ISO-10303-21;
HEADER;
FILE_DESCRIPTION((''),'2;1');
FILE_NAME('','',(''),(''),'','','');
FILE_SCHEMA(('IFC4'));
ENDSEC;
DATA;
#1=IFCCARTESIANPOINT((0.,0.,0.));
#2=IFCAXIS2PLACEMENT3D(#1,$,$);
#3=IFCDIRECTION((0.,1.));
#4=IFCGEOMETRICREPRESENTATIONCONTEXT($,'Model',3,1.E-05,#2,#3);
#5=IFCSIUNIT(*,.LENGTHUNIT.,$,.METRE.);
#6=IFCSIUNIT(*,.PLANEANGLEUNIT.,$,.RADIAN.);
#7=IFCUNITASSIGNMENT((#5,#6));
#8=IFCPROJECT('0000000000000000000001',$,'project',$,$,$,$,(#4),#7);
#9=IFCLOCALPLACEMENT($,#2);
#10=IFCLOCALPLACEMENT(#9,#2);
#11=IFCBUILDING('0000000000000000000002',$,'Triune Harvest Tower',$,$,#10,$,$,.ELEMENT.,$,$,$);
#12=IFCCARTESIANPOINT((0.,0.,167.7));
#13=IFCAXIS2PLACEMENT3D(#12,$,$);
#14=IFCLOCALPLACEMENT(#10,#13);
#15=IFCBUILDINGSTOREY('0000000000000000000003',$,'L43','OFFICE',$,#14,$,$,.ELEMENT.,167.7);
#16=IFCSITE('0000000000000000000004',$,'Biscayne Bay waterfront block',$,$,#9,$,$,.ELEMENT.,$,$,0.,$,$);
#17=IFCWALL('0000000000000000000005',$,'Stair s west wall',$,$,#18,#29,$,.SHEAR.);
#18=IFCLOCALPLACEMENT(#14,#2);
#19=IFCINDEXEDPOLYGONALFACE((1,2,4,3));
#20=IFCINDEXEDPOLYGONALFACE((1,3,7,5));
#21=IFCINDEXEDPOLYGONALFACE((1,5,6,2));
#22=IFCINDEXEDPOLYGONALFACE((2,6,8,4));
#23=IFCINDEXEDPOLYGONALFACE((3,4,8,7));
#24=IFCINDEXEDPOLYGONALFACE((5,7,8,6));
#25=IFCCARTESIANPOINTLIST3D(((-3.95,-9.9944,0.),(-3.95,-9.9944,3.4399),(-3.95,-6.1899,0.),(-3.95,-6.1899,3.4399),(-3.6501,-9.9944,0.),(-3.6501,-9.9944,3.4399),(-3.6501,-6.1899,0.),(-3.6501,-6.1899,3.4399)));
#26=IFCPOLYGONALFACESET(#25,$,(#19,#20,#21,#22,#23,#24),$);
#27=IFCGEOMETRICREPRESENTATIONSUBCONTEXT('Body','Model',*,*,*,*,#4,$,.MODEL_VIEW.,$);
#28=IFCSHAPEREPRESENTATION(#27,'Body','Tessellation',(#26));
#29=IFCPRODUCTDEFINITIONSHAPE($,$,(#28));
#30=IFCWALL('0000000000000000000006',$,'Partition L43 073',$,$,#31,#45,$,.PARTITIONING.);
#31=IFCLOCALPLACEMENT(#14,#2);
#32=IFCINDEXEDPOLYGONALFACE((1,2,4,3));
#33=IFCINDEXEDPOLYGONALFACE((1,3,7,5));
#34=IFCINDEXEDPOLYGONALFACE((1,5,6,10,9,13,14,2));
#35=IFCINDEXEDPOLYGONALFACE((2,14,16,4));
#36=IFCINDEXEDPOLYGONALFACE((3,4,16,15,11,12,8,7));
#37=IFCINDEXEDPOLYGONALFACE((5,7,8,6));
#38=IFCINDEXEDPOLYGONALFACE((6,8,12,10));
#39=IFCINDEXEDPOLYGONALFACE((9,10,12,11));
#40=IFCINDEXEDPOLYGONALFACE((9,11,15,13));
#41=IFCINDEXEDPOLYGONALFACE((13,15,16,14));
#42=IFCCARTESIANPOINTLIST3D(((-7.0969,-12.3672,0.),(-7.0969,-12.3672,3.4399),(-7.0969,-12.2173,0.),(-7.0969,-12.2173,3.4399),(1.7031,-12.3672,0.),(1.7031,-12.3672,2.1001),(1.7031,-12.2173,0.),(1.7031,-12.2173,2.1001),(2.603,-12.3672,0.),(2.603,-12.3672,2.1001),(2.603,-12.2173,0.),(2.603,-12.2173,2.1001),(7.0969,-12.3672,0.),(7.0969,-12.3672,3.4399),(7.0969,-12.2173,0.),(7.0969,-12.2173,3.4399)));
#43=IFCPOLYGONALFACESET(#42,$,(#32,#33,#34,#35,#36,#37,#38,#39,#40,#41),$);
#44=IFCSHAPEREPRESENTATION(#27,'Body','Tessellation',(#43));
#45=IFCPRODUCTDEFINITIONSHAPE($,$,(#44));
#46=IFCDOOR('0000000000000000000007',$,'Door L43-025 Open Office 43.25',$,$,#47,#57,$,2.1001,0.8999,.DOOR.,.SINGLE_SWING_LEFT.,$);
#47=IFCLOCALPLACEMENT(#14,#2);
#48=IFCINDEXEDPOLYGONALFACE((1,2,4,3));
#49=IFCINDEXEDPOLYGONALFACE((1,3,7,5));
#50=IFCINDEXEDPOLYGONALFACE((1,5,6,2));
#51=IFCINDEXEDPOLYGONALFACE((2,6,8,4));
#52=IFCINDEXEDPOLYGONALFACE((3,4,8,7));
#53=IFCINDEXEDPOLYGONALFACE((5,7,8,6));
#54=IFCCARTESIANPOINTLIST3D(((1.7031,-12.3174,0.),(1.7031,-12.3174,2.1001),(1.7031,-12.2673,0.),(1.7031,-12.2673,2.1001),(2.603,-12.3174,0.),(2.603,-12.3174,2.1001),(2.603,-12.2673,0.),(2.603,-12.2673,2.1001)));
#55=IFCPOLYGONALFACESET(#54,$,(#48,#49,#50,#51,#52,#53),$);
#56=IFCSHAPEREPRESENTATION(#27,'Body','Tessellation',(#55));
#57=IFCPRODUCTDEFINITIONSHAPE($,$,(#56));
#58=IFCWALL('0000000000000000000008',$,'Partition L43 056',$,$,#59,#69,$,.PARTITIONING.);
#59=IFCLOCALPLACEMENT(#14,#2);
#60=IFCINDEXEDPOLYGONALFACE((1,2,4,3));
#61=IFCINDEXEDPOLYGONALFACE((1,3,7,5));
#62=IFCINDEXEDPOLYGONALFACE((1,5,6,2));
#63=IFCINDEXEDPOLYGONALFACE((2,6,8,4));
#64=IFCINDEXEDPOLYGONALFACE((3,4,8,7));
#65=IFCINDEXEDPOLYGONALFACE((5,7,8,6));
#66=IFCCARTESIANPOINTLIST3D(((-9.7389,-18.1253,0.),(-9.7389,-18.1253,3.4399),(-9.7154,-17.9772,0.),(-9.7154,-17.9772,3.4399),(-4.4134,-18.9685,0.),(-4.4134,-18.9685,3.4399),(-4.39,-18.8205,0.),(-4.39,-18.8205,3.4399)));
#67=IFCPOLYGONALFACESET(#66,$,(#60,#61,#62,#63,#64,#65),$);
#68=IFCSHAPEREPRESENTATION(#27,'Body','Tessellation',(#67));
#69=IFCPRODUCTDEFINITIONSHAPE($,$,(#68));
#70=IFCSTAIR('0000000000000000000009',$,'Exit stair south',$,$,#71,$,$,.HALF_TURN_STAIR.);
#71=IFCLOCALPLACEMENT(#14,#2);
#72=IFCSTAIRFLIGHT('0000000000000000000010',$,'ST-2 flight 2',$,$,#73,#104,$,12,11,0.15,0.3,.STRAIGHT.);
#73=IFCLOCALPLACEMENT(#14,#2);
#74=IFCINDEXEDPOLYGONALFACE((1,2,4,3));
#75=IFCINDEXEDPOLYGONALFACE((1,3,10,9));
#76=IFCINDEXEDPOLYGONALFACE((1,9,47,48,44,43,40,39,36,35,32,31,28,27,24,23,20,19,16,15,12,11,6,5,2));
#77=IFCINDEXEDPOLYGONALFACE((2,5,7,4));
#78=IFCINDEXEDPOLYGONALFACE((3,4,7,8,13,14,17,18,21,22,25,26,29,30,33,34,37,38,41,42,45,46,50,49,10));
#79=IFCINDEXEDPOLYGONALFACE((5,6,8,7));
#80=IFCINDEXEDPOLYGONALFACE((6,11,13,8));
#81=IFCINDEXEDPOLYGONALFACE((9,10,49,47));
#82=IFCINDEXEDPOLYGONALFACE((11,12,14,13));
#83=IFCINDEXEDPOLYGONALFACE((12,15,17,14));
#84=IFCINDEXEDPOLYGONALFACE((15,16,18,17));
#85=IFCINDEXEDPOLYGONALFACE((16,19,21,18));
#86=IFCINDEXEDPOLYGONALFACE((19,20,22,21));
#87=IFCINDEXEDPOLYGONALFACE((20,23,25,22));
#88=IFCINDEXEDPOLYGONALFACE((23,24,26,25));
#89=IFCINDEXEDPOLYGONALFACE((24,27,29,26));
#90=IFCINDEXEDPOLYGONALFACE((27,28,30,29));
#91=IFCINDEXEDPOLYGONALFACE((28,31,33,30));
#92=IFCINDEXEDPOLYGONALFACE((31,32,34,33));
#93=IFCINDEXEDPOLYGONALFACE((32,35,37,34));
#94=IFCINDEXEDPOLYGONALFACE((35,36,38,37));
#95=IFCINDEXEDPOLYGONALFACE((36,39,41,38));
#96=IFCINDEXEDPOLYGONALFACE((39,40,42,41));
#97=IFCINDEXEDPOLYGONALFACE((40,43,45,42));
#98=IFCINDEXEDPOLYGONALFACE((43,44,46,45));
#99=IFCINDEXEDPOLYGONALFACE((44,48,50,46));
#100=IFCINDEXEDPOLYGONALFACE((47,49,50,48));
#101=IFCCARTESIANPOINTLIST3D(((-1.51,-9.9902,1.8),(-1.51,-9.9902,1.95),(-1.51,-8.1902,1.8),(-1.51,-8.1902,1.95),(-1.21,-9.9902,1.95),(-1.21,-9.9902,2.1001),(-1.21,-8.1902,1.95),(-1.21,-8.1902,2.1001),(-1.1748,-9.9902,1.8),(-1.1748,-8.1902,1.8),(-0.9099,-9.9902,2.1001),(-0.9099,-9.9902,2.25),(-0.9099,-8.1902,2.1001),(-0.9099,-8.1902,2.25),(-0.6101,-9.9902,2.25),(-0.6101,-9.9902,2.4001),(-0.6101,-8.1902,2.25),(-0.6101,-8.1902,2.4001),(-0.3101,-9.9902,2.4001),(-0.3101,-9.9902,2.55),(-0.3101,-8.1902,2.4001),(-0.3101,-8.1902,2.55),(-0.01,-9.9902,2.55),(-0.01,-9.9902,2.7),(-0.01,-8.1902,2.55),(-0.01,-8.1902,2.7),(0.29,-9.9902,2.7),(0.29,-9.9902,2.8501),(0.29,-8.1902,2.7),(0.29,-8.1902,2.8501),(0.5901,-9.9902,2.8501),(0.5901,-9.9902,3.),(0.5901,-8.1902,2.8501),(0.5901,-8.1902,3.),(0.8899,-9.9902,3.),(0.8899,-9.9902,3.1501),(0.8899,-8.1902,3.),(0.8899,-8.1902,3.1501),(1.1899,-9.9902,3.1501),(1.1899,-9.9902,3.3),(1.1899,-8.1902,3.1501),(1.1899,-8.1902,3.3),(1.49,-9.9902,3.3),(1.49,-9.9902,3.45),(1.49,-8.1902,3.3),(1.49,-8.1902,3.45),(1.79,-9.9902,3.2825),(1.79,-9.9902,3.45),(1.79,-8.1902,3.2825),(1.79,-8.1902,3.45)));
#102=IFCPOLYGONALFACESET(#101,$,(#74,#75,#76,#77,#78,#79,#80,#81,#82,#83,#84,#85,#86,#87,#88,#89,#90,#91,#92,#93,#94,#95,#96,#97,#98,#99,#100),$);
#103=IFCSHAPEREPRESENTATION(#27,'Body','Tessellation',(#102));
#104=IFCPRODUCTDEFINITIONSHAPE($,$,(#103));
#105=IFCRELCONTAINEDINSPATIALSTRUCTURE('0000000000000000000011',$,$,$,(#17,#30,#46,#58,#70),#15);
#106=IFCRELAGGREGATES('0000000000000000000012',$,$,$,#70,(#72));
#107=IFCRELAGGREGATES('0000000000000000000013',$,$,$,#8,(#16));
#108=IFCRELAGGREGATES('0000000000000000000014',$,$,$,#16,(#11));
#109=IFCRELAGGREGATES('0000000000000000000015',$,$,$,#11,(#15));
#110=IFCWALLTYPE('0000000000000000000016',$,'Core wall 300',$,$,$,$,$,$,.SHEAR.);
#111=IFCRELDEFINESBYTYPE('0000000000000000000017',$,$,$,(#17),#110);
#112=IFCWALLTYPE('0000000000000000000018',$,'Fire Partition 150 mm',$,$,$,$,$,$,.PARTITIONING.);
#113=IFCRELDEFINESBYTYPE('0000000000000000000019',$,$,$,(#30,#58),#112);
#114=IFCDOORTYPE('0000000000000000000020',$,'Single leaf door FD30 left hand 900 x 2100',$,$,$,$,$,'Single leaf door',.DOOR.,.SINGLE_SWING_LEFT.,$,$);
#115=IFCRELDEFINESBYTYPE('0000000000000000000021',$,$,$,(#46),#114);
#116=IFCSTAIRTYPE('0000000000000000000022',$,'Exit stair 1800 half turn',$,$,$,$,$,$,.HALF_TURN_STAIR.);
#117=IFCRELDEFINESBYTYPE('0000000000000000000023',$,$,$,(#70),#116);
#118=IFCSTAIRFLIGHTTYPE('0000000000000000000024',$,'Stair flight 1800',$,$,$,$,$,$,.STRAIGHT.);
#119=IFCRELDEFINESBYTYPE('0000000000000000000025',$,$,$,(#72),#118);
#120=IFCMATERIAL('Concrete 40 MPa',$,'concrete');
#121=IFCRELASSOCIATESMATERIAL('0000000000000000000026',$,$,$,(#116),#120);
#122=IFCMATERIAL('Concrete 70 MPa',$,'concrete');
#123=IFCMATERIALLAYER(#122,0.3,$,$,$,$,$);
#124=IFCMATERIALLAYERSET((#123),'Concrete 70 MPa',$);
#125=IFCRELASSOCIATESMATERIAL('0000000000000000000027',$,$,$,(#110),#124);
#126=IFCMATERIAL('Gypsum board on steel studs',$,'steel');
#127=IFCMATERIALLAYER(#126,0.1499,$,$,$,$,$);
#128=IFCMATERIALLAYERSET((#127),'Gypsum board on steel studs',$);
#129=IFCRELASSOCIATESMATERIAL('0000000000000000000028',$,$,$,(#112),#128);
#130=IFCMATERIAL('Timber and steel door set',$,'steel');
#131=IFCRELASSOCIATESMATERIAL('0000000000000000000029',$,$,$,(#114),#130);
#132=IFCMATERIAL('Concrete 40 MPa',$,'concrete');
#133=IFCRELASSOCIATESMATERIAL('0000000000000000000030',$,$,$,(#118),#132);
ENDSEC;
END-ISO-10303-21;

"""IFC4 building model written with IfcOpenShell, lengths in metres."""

from ifc_helpers import new_model, si_unit, direction, frame, frame_2d, origin, place, context, subcontext, project, spatial, polyline, rectangle, outline, extrude, source, transform, mapped, material, layer, layer_set, type_object, element, fill, aggregate, save


model = new_model("IFC4")

# Units and contexts
model_context = context("Model", 3, precision=1e-05, world=origin(), true_north=direction((0.0, 1.0)))
body_context = subcontext(model_context, "Body", "Model", "MODEL_VIEW")
ifc_project = project(units=[si_unit("LENGTHUNIT", "METRE"), si_unit("PLANEANGLEUNIT", "RADIAN")], contexts=[model_context])

# Site, building, storey
site_placement = place(None, origin())
site = spatial("IfcSite", under=ifc_project, at=site_placement, Name="Biscayne Bay waterfront block", CompositionType="ELEMENT", RefElevation=0.0)
building_placement = place(site_placement, origin())
building = spatial("IfcBuilding", under=site, at=building_placement, Name="Triune Harvest Tower", CompositionType="ELEMENT")
storey_placement = place(building_placement, frame((0.0, 0.0, 167.7)))
storey = spatial("IfcBuildingStorey", under=building, at=storey_placement, Name="L43", Description="OFFICE", CompositionType="ELEMENT", Elevation=167.7)

# Shared definitions
ifc_material_1 = material(Name="Concrete 40 MPa", Category="concrete")
stair_type = type_object("IfcStairType", Name="Exit stair 1800 half turn", PredefinedType="HALF_TURN_STAIR", material=ifc_material_1)

# Shared definitions
ifc_material_2 = material(Name="Concrete 70 MPa", Category="concrete")
ifc_layer_1 = layer(ifc_material_2, 0.3)
ifc_layer_set_1 = layer_set([ifc_layer_1], Name="Concrete 70 MPa")
wall_type_1 = type_object("IfcWallType", Name="Core wall 300", PredefinedType="SHEAR", material=ifc_layer_set_1)

# Wall
shared_shape_1 = source(origin(), body_context, "Body", "SweptSolid", [
    extrude(outline(polyline([(3.8, -0.1499), (-0.0044, -0.1499), (-0.0044, 0.1499), (3.8, 0.1499), (3.8, -0.1499)])), origin(), (0.0, 0.0, 1.0), 3.4399),
])
wall_1_placement = place(storey_placement, frame((-3.8, -9.99, 0.0), z_axis=(0.0, 0.0, 1.0), x_axis=(0.0, 1.0, 0.0)))
element("IfcWall", 1, at=wall_1_placement, inside=storey, type_object=wall_type_1, Name="Stair s west wall", PredefinedType="SHEAR", context=body_context, shape_type="MappedRepresentation", body=[
    mapped(shared_shape_1, transform((0.0, 0.0, 0.0), scale=1.0)),
])

# Wall, opening, door
ifc_material_3 = material(Name="Gypsum board on steel studs", Category="steel")
ifc_layer_2 = layer(ifc_material_3, 0.1499)
ifc_layer_set_2 = layer_set([ifc_layer_2], Name="Gypsum board on steel studs")
wall_type_2 = type_object("IfcWallType", Name="Fire Partition 150 mm", PredefinedType="PARTITIONING", material=ifc_layer_set_2)
shared_shape_2 = source(origin(), body_context, "Body", "SweptSolid", [
    extrude(rectangle(XDim=14.1938, YDim=0.1499, at=frame_2d((7.0969, 0.0))), origin(), (0.0, 0.0, 1.0), 3.4399),
])
wall_2_placement = place(storey_placement, frame((-7.0969, -12.2922, 0.0), z_axis=(0.0, 0.0, 1.0), x_axis=(1.0, 0.0, 0.0)))
wall_2 = element("IfcWall", 2, at=wall_2_placement, inside=storey, type_object=wall_type_2, Name="Partition L43 073", PredefinedType="PARTITIONING", context=body_context, shape_type="MappedRepresentation", body=[
    mapped(shared_shape_2, transform((0.0, 0.0, 0.0), scale=1.0)),
])
opening_1_placement = place(wall_2_placement, frame((8.8, 0.0, 0.0)))
opening_1 = element("IfcOpeningElement", 3, at=opening_1_placement, cuts=wall_2, PredefinedType="OPENING", context=body_context, shape_type="SweptSolid", body=[
    extrude(rectangle(XDim=0.8999, YDim=2.1001, at=frame_2d((0.45, 1.05))), frame((0.0, 0.085, 0.0), z_axis=(0.0, -1.0, 0.0), x_axis=(1.0, 0.0, 0.0)), (0.0, 0.0, 1.0), 0.1699),
])
ifc_material_4 = material(Name="Timber and steel door set", Category="steel")
door_type_1 = type_object("IfcDoorType", Name="Single leaf door FD30 left hand 900 x 2100", ElementType="Single leaf door", OperationType="SINGLE_SWING_LEFT", PredefinedType="DOOR", material=ifc_material_4)
door_1_placement = place(opening_1_placement, origin())
door_1 = element("IfcDoor", 4, at=door_1_placement, inside=storey, type_object=door_type_1, Name="Door L43-025 Open Office 43.25", OperationType="SINGLE_SWING_LEFT", OverallHeight=2.1001, OverallWidth=0.8999, PredefinedType="DOOR", context=body_context, shape_type="SweptSolid", body=[
    extrude(rectangle(XDim=0.8999, YDim=2.1001, at=frame_2d((0.45, 1.05))), frame((0.0, 0.0249, 0.0), z_axis=(0.0, -1.0, 0.0), x_axis=(1.0, 0.0, 0.0)), (0.0, 0.0, 1.0), 0.05),
])
fill(opening_1, door_1)

# Wall
shared_shape_3 = source(origin(), body_context, "Body", "SweptSolid", [
    extrude(rectangle(XDim=5.3918, YDim=0.1499, at=frame_2d((2.6958, 0.0))), origin(), (0.0, 0.0, 1.0), 3.4399),
])
wall_3_placement = place(storey_placement, frame((-9.7271, -18.0513, 0.0), z_axis=(0.0, 0.0, 1.0), x_axis=(0.987694, -0.156397, 0.0)))
element("IfcWall", 5, at=wall_3_placement, inside=storey, type_object=wall_type_2, Name="Partition L43 056", PredefinedType="PARTITIONING", context=body_context, shape_type="MappedRepresentation", body=[
    mapped(shared_shape_3, transform((0.0, 0.0, 0.0), scale=1.0)),
])

# Stair, stair flight
stair_1_placement = place(storey_placement, origin())
stair_1 = element("IfcStair", 6, at=stair_1_placement, inside=storey, type_object=stair_type, Name="Exit stair south", PredefinedType="HALF_TURN_STAIR")
ifc_material_5 = material(Name="Concrete 40 MPa", Category="concrete")
stair_flight_type = type_object("IfcStairFlightType", Name="Stair flight 1800", PredefinedType="STRAIGHT", material=ifc_material_5)
shared_shape_4 = source(origin(), body_context, "Body", "SweptSolid", [
    extrude(outline(polyline([(0.0, 0.0), (0.0, 0.1499), (0.3, 0.1499), (0.3, 0.3), (0.6001, 0.3), (0.6001, 0.45), (0.8999, 0.45), (0.8999, 0.6001), (1.2, 0.6001), (1.2, 0.75), (1.5, 0.75), (1.5, 0.8999), (1.8, 0.8999), (1.8, 1.05), (2.1001, 1.05), (2.1001, 1.2), (2.3999, 1.2), (2.3999, 1.3501), (2.7, 1.3501), (2.7, 1.5), (3.0, 1.5), (3.0, 1.6499), (3.3, 1.6499), (3.3, 1.8), (3.3, 1.4824), (0.3352, 0.0), (0.0, 0.0)])), frame((0.0, 0.8999, 0.0), z_axis=(0.0, -1.0, 0.0), x_axis=(1.0, 0.0, 0.0)), (0.0, 0.0, 1.0), 1.8),
])
stair_flight_placement = place(storey_placement, frame((-1.51, -9.0901, 1.8), z_axis=(0.0, 0.0, 1.0), x_axis=(1.0, 0.0, 0.0)))
stair_flight = element("IfcStairFlight", 7, at=stair_flight_placement, type_object=stair_flight_type, Name="ST-2 flight 2", NumberOfRisers=12, NumberOfTreads=11, PredefinedType="STRAIGHT", RiserHeight=0.15, TreadLength=0.3, context=body_context, shape_type="MappedRepresentation", body=[
    mapped(shared_shape_4, transform((0.0, 0.0, 0.0), scale=1.0)),
])
aggregate(stair_1, [stair_flight])

save(model, "model.ifc")
